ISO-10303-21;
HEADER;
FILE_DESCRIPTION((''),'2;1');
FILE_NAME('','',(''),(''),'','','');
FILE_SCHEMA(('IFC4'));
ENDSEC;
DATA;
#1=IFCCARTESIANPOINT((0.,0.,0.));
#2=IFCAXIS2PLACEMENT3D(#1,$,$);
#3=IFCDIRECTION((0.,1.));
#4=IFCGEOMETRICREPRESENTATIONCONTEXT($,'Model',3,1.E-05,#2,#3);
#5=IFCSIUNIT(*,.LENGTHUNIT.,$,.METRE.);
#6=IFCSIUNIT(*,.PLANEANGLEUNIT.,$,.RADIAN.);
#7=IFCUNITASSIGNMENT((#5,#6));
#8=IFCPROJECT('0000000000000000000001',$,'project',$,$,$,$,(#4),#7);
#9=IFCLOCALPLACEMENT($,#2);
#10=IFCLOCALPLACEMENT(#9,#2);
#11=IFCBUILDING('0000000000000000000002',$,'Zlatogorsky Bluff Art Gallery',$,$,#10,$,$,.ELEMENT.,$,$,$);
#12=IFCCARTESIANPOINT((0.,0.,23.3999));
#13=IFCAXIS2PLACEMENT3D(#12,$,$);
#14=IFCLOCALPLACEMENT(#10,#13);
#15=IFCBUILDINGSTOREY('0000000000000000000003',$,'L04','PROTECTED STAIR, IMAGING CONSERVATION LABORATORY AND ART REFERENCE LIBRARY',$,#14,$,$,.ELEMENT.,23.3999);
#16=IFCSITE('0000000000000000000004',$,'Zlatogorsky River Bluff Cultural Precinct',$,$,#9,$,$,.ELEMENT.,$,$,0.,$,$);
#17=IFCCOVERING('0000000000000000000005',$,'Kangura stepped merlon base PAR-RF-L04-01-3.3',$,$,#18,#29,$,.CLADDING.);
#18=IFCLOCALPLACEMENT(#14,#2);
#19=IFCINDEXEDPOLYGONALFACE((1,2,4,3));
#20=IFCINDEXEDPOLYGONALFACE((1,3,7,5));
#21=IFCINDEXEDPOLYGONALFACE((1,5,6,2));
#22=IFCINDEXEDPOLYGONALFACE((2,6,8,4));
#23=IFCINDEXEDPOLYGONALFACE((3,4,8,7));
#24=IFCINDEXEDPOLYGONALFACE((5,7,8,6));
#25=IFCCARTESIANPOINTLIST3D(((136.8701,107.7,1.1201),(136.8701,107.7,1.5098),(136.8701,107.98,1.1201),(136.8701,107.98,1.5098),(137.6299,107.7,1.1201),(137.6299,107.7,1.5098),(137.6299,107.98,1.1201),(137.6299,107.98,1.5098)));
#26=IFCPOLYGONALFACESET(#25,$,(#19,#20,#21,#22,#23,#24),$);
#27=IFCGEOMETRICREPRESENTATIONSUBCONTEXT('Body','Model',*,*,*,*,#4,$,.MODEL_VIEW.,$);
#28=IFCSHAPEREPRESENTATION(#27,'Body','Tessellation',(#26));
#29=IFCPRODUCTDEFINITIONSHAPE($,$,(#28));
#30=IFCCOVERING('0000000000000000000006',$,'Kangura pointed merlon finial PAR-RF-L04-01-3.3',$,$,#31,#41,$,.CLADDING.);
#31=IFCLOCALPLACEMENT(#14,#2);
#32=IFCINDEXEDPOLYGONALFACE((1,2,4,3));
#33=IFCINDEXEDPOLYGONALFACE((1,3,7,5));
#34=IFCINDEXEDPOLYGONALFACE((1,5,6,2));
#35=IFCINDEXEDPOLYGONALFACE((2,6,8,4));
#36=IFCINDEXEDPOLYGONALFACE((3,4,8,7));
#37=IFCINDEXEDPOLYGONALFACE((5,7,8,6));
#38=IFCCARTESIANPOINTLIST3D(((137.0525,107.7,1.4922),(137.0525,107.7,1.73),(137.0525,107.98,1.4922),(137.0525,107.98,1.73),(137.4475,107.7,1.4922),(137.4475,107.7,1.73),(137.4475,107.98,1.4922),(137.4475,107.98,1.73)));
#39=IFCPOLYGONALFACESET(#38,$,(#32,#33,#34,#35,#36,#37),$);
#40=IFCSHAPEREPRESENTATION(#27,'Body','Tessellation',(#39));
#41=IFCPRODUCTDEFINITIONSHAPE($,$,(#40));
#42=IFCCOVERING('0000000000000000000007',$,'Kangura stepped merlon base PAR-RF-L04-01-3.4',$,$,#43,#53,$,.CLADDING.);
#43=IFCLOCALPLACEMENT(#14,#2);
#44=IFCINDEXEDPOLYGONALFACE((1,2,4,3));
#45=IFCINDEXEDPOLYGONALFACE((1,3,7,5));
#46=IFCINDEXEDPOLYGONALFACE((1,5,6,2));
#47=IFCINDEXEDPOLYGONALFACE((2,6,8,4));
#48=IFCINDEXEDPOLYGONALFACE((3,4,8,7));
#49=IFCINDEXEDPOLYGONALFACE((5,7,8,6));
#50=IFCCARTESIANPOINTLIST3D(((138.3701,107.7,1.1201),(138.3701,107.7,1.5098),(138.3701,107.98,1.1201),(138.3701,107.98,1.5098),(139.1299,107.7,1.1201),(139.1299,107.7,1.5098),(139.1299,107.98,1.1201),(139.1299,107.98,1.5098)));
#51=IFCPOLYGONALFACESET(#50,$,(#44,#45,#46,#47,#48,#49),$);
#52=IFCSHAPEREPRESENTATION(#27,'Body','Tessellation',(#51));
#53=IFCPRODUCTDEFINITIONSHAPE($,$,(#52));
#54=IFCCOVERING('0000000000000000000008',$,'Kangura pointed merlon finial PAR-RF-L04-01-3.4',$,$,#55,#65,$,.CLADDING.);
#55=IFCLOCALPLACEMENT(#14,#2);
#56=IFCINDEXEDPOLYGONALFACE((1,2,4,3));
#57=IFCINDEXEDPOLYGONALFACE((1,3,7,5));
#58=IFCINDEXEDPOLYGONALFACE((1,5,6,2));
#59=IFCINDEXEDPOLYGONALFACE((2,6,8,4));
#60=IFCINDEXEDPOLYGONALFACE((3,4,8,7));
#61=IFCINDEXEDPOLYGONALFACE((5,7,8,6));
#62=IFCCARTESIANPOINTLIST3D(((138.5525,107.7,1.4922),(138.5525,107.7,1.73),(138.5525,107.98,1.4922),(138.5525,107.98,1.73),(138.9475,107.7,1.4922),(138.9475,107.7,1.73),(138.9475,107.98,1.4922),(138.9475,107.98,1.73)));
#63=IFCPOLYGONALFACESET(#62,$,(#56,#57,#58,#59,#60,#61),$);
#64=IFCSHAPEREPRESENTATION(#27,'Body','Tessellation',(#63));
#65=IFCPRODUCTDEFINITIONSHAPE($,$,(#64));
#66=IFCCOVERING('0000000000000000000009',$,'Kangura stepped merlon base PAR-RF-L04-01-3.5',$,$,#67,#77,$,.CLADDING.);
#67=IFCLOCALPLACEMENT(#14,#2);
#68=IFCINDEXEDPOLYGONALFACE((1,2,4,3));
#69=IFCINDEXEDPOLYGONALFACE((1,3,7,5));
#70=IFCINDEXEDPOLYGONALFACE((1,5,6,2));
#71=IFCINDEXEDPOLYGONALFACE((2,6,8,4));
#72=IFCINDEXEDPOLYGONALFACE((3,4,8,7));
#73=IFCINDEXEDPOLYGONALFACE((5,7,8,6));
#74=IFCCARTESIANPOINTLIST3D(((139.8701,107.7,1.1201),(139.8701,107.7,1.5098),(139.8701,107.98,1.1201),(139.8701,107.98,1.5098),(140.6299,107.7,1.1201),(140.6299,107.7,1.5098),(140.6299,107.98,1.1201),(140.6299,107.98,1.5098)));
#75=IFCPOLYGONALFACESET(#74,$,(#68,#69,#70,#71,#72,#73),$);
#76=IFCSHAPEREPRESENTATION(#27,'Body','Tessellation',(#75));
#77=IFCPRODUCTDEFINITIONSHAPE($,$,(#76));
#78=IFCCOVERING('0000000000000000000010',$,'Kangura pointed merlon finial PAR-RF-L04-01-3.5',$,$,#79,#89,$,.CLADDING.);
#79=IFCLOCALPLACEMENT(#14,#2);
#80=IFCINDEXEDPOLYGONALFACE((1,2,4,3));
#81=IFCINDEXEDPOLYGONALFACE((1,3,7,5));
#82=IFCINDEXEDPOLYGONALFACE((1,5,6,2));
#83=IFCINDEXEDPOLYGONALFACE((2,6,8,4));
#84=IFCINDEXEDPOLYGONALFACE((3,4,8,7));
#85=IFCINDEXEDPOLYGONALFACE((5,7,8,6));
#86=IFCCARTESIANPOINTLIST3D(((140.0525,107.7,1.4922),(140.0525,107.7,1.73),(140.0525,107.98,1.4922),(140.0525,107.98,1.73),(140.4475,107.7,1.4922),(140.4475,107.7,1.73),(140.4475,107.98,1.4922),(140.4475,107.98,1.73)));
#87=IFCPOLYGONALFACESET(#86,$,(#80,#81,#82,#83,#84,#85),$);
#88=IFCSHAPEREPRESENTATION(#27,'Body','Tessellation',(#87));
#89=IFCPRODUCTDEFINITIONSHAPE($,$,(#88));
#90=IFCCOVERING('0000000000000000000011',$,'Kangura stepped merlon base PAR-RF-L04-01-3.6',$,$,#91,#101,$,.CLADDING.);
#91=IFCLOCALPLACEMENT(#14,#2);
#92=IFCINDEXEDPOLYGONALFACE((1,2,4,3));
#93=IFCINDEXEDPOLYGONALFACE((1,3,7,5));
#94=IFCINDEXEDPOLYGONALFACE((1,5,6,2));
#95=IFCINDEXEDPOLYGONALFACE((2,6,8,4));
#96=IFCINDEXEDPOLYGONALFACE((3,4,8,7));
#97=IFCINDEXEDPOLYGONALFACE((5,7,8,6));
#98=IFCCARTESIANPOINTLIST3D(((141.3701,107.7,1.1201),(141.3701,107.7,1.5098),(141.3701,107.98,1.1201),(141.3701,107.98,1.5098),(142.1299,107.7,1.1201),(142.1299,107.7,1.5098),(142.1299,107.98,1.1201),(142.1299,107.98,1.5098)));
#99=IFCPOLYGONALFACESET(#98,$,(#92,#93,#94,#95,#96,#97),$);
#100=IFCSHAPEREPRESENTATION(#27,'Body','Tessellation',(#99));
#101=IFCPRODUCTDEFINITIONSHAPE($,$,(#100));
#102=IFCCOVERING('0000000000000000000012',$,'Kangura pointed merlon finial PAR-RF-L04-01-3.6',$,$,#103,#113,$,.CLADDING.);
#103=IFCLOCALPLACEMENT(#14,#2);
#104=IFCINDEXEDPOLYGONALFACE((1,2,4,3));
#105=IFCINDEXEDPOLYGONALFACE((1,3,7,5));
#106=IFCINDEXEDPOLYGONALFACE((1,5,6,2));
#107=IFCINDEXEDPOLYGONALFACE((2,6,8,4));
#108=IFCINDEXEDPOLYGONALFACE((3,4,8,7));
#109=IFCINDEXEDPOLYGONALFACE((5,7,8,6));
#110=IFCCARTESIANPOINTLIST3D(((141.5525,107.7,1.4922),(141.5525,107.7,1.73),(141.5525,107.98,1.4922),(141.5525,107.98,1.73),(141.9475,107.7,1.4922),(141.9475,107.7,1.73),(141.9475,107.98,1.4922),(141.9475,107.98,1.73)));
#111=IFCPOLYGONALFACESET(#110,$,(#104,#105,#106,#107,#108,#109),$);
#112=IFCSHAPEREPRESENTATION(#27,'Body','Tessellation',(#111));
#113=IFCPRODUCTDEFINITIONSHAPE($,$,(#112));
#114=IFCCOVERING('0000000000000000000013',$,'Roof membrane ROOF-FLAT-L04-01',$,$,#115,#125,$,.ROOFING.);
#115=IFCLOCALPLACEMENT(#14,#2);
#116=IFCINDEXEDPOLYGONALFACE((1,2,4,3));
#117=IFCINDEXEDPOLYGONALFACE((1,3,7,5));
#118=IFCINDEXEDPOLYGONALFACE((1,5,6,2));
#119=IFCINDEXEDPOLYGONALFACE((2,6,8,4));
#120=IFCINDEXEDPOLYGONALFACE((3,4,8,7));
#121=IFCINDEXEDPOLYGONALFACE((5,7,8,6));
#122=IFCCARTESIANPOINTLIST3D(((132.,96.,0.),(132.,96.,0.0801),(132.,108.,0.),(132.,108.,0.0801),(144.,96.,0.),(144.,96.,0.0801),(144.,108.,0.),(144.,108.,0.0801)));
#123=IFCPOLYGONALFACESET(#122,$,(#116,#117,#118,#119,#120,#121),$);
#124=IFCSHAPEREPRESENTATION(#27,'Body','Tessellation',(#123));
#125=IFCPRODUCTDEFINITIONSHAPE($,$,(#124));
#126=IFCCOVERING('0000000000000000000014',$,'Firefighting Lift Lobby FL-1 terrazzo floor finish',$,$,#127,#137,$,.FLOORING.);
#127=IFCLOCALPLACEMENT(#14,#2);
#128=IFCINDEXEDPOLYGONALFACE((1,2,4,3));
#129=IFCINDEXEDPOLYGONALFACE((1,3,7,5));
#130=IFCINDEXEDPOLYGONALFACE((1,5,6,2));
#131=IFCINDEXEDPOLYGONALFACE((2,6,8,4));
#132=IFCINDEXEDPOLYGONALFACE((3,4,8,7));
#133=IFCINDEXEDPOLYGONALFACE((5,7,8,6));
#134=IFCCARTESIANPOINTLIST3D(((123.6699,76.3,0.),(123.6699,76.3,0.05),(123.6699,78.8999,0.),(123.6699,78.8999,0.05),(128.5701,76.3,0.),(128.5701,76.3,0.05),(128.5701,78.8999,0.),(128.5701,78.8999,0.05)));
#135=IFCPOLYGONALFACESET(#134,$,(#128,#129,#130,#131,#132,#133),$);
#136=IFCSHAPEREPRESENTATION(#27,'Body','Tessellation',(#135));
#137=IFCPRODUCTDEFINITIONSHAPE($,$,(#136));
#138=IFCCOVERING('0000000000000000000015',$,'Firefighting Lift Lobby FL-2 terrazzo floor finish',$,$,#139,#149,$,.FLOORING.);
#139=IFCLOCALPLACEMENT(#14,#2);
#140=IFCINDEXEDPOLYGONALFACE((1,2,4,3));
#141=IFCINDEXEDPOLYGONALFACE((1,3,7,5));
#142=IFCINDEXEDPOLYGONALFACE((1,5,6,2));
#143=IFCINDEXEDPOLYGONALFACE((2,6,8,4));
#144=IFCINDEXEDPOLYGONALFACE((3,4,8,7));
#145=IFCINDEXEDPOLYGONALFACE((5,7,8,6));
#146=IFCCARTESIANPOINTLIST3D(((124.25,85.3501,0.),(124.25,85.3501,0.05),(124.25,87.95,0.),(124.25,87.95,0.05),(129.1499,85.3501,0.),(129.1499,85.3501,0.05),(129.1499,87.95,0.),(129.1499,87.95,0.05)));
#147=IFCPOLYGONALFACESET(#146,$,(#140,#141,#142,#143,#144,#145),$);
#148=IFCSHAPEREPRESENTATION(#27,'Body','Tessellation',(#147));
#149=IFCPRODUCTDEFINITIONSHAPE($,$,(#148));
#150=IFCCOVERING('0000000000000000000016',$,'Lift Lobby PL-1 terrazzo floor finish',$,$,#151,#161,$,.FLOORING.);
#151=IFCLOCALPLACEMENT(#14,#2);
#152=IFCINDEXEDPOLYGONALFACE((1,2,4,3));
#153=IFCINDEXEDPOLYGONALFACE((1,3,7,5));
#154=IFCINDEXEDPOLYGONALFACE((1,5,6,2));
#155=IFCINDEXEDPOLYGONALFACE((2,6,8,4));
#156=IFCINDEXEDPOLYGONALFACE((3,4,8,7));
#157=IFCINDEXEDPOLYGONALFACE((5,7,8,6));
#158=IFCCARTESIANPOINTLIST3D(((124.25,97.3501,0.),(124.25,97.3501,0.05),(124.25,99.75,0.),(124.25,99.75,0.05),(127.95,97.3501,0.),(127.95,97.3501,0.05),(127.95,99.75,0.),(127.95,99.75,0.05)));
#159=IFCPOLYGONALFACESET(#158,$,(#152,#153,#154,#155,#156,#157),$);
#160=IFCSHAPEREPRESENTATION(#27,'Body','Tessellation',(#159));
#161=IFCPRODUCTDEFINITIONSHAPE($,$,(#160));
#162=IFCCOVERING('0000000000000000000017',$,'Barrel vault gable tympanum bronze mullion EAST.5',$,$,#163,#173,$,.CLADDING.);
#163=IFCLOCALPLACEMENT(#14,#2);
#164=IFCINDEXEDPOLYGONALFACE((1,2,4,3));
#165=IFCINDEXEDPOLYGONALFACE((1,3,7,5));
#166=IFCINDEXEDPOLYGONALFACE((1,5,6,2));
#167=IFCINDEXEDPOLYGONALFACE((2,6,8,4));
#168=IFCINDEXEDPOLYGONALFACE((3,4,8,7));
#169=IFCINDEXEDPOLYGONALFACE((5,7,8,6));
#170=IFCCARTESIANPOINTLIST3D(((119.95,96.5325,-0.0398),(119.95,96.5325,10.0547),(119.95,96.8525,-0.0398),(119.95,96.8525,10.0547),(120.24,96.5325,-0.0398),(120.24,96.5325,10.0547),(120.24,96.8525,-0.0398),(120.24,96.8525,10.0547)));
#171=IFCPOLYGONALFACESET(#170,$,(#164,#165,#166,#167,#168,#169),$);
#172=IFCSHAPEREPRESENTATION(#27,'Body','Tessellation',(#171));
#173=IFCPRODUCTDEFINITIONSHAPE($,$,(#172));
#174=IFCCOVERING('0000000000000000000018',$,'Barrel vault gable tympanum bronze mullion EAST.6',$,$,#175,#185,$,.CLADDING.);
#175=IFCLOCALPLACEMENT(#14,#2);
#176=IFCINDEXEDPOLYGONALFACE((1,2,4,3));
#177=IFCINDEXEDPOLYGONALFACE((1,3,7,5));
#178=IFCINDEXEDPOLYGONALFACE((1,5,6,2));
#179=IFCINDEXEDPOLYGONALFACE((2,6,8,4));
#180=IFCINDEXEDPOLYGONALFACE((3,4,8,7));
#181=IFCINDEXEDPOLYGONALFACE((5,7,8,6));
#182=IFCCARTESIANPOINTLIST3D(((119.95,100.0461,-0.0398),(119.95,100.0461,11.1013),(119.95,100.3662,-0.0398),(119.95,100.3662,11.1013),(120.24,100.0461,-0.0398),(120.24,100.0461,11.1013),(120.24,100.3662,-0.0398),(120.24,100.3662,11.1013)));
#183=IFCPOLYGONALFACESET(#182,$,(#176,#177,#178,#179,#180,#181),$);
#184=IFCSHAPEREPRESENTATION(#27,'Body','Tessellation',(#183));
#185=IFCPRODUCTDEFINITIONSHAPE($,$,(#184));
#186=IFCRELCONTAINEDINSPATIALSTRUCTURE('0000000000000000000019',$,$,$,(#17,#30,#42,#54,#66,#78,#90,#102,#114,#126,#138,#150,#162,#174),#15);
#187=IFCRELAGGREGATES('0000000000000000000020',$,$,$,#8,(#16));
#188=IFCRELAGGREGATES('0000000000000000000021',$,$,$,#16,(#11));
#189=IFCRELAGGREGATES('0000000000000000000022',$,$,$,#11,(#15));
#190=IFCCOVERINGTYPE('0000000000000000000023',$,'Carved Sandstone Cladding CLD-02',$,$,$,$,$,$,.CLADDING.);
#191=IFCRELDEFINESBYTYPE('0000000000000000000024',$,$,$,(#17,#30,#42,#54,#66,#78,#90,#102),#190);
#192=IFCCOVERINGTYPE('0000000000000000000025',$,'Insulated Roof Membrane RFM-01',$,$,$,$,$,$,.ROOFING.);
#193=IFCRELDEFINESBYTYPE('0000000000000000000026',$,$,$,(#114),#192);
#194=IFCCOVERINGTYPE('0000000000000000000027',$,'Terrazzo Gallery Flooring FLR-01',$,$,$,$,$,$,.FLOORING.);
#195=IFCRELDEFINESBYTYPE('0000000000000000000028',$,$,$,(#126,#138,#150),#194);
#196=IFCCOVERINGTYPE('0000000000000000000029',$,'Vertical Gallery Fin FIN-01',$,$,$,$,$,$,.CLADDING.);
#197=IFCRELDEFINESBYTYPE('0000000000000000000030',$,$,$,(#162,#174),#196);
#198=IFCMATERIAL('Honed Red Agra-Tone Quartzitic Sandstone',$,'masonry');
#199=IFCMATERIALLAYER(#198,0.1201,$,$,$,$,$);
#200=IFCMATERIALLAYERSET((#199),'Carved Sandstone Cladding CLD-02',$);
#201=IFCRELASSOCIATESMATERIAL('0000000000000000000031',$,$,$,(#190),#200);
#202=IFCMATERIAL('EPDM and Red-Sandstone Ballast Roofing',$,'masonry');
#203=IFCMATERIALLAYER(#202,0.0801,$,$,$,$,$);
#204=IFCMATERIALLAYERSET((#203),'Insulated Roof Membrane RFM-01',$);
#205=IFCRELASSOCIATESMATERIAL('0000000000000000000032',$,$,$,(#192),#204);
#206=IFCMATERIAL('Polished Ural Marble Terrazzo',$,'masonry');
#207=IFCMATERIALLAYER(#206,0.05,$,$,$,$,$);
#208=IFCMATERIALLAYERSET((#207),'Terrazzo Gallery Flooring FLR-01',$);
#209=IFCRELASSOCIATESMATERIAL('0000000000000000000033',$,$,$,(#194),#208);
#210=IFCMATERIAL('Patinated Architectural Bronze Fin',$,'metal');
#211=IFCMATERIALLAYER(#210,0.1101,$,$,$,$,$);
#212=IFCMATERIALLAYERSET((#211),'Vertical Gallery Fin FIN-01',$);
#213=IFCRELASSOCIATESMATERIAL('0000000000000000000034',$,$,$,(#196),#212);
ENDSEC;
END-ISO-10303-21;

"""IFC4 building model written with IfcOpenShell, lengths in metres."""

from ifc_helpers import new_model, si_unit, direction, frame, origin, place, context, subcontext, project, spatial, polyline, outline, extrude, material, layer, layer_set, type_object, element, save


model = new_model("IFC4")

# Units and contexts
model_context = context("Model", 3, precision=1e-05, world=origin(), true_north=direction((0.0, 1.0)))
body_context = subcontext(model_context, "Body", "Model", "MODEL_VIEW")
ifc_project = project(units=[si_unit("LENGTHUNIT", "METRE"), si_unit("PLANEANGLEUNIT", "RADIAN")], contexts=[model_context])

# Site, building, storey
site_placement = place(None, origin())
site = spatial("IfcSite", under=ifc_project, at=site_placement, Name="Zlatogorsky River Bluff Cultural Precinct", CompositionType="ELEMENT", RefElevation=0.0)
building_placement = place(site_placement, origin())
building = spatial("IfcBuilding", under=site, at=building_placement, Name="Zlatogorsky Bluff Art Gallery", CompositionType="ELEMENT")
storey_placement = place(building_placement, frame((0.0, 0.0, 23.3999)))
storey = spatial("IfcBuildingStorey", under=building, at=storey_placement, Name="L04", Description="PROTECTED STAIR, IMAGING CONSERVATION LABORATORY AND ART REFERENCE LIBRARY", CompositionType="ELEMENT", Elevation=23.3999)

# Coverings
ifc_material_1 = material(Name="Honed Red Agra-Tone Quartzitic Sandstone", Category="masonry")
ifc_layer_1 = layer(ifc_material_1, 0.1201)
ifc_layer_set_1 = layer_set([ifc_layer_1], Name="Carved Sandstone Cladding CLD-02")
covering_type_1 = type_object("IfcCoveringType", Name="Carved Sandstone Cladding CLD-02", PredefinedType="CLADDING", material=ifc_layer_set_1)
covering_1_placement = place(storey_placement, frame((0.0, 0.0, 1.1201)))
element("IfcCovering", 1, at=covering_1_placement, inside=storey, type_object=covering_type_1, Name="Kangura stepped merlon base PAR-RF-L04-01-3.3", PredefinedType="CLADDING", context=body_context, shape_type="SweptSolid", body=[
    extrude(outline(polyline([(136.8701, 107.7), (137.6299, 107.7), (137.6299, 107.98), (136.8701, 107.98), (136.8701, 107.7)])), origin(), (0.0, 0.0, 1.0), 0.3896),
])
covering_2_placement = place(storey_placement, frame((0.0, 0.0, 1.4922)))
element("IfcCovering", 2, at=covering_2_placement, inside=storey, type_object=covering_type_1, Name="Kangura pointed merlon finial PAR-RF-L04-01-3.3", PredefinedType="CLADDING", context=body_context, shape_type="SweptSolid", body=[
    extrude(outline(polyline([(137.0525, 107.7), (137.4475, 107.7), (137.4475, 107.98), (137.0525, 107.98), (137.0525, 107.7)])), origin(), (0.0, 0.0, 1.0), 0.2378),
])
covering_3_placement = place(storey_placement, frame((0.0, 0.0, 1.1201)))
element("IfcCovering", 3, at=covering_3_placement, inside=storey, type_object=covering_type_1, Name="Kangura stepped merlon base PAR-RF-L04-01-3.4", PredefinedType="CLADDING", context=body_context, shape_type="SweptSolid", body=[
    extrude(outline(polyline([(138.3701, 107.7), (139.1299, 107.7), (139.1299, 107.98), (138.3701, 107.98), (138.3701, 107.7)])), origin(), (0.0, 0.0, 1.0), 0.3896),
])
covering_4_placement = place(storey_placement, frame((0.0, 0.0, 1.4922)))
element("IfcCovering", 4, at=covering_4_placement, inside=storey, type_object=covering_type_1, Name="Kangura pointed merlon finial PAR-RF-L04-01-3.4", PredefinedType="CLADDING", context=body_context, shape_type="SweptSolid", body=[
    extrude(outline(polyline([(138.5525, 107.7), (138.9475, 107.7), (138.9475, 107.98), (138.5525, 107.98), (138.5525, 107.7)])), origin(), (0.0, 0.0, 1.0), 0.2378),
])
covering_5_placement = place(storey_placement, frame((0.0, 0.0, 1.1201)))
element("IfcCovering", 5, at=covering_5_placement, inside=storey, type_object=covering_type_1, Name="Kangura stepped merlon base PAR-RF-L04-01-3.5", PredefinedType="CLADDING", context=body_context, shape_type="SweptSolid", body=[
    extrude(outline(polyline([(139.8701, 107.7), (140.6299, 107.7), (140.6299, 107.98), (139.8701, 107.98), (139.8701, 107.7)])), origin(), (0.0, 0.0, 1.0), 0.3896),
])
covering_6_placement = place(storey_placement, frame((0.0, 0.0, 1.4922)))
element("IfcCovering", 6, at=covering_6_placement, inside=storey, type_object=covering_type_1, Name="Kangura pointed merlon finial PAR-RF-L04-01-3.5", PredefinedType="CLADDING", context=body_context, shape_type="SweptSolid", body=[
    extrude(outline(polyline([(140.0525, 107.7), (140.4475, 107.7), (140.4475, 107.98), (140.0525, 107.98), (140.0525, 107.7)])), origin(), (0.0, 0.0, 1.0), 0.2378),
])
covering_7_placement = place(storey_placement, frame((0.0, 0.0, 1.1201)))
element("IfcCovering", 7, at=covering_7_placement, inside=storey, type_object=covering_type_1, Name="Kangura stepped merlon base PAR-RF-L04-01-3.6", PredefinedType="CLADDING", context=body_context, shape_type="SweptSolid", body=[
    extrude(outline(polyline([(141.3701, 107.7), (142.1299, 107.7), (142.1299, 107.98), (141.3701, 107.98), (141.3701, 107.7)])), origin(), (0.0, 0.0, 1.0), 0.3896),
])
covering_8_placement = place(storey_placement, frame((0.0, 0.0, 1.4922)))
element("IfcCovering", 8, at=covering_8_placement, inside=storey, type_object=covering_type_1, Name="Kangura pointed merlon finial PAR-RF-L04-01-3.6", PredefinedType="CLADDING", context=body_context, shape_type="SweptSolid", body=[
    extrude(outline(polyline([(141.5525, 107.7), (141.9475, 107.7), (141.9475, 107.98), (141.5525, 107.98), (141.5525, 107.7)])), origin(), (0.0, 0.0, 1.0), 0.2378),
])
ifc_material_2 = material(Name="EPDM and Red-Sandstone Ballast Roofing", Category="masonry")
ifc_layer_2 = layer(ifc_material_2, 0.0801)
ifc_layer_set_2 = layer_set([ifc_layer_2], Name="Insulated Roof Membrane RFM-01")
covering_type_2 = type_object("IfcCoveringType", Name="Insulated Roof Membrane RFM-01", PredefinedType="ROOFING", material=ifc_layer_set_2)
covering_9_placement = place(storey_placement, origin())
element("IfcCovering", 9, at=covering_9_placement, inside=storey, type_object=covering_type_2, Name="Roof membrane ROOF-FLAT-L04-01", PredefinedType="ROOFING", context=body_context, shape_type="SweptSolid", body=[
    extrude(outline(polyline([(144.0, 96.0), (144.0, 108.0), (132.0, 108.0), (132.0, 96.0), (144.0, 96.0)])), origin(), (0.0, 0.0, 1.0), 0.0801),
])
ifc_material_3 = material(Name="Polished Ural Marble Terrazzo", Category="masonry")
ifc_layer_3 = layer(ifc_material_3, 0.05)
ifc_layer_set_3 = layer_set([ifc_layer_3], Name="Terrazzo Gallery Flooring FLR-01")
covering_type_3 = type_object("IfcCoveringType", Name="Terrazzo Gallery Flooring FLR-01", PredefinedType="FLOORING", material=ifc_layer_set_3)
covering_10_placement = place(storey_placement, origin())
element("IfcCovering", 10, at=covering_10_placement, inside=storey, type_object=covering_type_3, Name="Firefighting Lift Lobby FL-1 terrazzo floor finish", PredefinedType="FLOORING", context=body_context, shape_type="SweptSolid", body=[
    extrude(outline(polyline([(128.5701, 78.8999), (128.5701, 76.3), (123.6699, 76.3), (123.6699, 78.8999), (128.5701, 78.8999)])), origin(), (0.0, 0.0, 1.0), 0.05),
])
covering_11_placement = place(storey_placement, origin())
element("IfcCovering", 11, at=covering_11_placement, inside=storey, type_object=covering_type_3, Name="Firefighting Lift Lobby FL-2 terrazzo floor finish", PredefinedType="FLOORING", context=body_context, shape_type="SweptSolid", body=[
    extrude(outline(polyline([(129.1499, 87.95), (129.1499, 85.3501), (124.25, 85.3501), (124.25, 87.95), (129.1499, 87.95)])), origin(), (0.0, 0.0, 1.0), 0.05),
])
covering_12_placement = place(storey_placement, origin())
element("IfcCovering", 12, at=covering_12_placement, inside=storey, type_object=covering_type_3, Name="Lift Lobby PL-1 terrazzo floor finish", PredefinedType="FLOORING", context=body_context, shape_type="SweptSolid", body=[
    extrude(outline(polyline([(127.95, 99.75), (127.95, 97.3501), (124.25, 97.3501), (124.25, 99.75), (127.95, 99.75)])), origin(), (0.0, 0.0, 1.0), 0.05),
])
ifc_material_4 = material(Name="Patinated Architectural Bronze Fin", Category="metal")
ifc_layer_4 = layer(ifc_material_4, 0.1101)
ifc_layer_set_4 = layer_set([ifc_layer_4], Name="Vertical Gallery Fin FIN-01")
covering_type_4 = type_object("IfcCoveringType", Name="Vertical Gallery Fin FIN-01", PredefinedType="CLADDING", material=ifc_layer_set_4)
covering_13_placement = place(storey_placement, frame((0.0, 0.0, -0.0398)))
element("IfcCovering", 13, at=covering_13_placement, inside=storey, type_object=covering_type_4, Name="Barrel vault gable tympanum bronze mullion EAST.5", PredefinedType="CLADDING", context=body_context, shape_type="SweptSolid", body=[
    extrude(outline(polyline([(119.95, 96.5325), (120.24, 96.5325), (120.24, 96.8525), (119.95, 96.8525), (119.95, 96.5325)])), origin(), (0.0, 0.0, 1.0), 10.0945),
])
covering_14_placement = place(storey_placement, frame((0.0, 0.0, -0.0398)))
element("IfcCovering", 14, at=covering_14_placement, inside=storey, type_object=covering_type_4, Name="Barrel vault gable tympanum bronze mullion EAST.6", PredefinedType="CLADDING", context=body_context, shape_type="SweptSolid", body=[
    extrude(outline(polyline([(119.95, 100.0461), (120.24, 100.0461), (120.24, 100.3662), (119.95, 100.3662), (119.95, 100.0461)])), origin(), (0.0, 0.0, 1.0), 11.1411),
])

save(model, "model.ifc")
